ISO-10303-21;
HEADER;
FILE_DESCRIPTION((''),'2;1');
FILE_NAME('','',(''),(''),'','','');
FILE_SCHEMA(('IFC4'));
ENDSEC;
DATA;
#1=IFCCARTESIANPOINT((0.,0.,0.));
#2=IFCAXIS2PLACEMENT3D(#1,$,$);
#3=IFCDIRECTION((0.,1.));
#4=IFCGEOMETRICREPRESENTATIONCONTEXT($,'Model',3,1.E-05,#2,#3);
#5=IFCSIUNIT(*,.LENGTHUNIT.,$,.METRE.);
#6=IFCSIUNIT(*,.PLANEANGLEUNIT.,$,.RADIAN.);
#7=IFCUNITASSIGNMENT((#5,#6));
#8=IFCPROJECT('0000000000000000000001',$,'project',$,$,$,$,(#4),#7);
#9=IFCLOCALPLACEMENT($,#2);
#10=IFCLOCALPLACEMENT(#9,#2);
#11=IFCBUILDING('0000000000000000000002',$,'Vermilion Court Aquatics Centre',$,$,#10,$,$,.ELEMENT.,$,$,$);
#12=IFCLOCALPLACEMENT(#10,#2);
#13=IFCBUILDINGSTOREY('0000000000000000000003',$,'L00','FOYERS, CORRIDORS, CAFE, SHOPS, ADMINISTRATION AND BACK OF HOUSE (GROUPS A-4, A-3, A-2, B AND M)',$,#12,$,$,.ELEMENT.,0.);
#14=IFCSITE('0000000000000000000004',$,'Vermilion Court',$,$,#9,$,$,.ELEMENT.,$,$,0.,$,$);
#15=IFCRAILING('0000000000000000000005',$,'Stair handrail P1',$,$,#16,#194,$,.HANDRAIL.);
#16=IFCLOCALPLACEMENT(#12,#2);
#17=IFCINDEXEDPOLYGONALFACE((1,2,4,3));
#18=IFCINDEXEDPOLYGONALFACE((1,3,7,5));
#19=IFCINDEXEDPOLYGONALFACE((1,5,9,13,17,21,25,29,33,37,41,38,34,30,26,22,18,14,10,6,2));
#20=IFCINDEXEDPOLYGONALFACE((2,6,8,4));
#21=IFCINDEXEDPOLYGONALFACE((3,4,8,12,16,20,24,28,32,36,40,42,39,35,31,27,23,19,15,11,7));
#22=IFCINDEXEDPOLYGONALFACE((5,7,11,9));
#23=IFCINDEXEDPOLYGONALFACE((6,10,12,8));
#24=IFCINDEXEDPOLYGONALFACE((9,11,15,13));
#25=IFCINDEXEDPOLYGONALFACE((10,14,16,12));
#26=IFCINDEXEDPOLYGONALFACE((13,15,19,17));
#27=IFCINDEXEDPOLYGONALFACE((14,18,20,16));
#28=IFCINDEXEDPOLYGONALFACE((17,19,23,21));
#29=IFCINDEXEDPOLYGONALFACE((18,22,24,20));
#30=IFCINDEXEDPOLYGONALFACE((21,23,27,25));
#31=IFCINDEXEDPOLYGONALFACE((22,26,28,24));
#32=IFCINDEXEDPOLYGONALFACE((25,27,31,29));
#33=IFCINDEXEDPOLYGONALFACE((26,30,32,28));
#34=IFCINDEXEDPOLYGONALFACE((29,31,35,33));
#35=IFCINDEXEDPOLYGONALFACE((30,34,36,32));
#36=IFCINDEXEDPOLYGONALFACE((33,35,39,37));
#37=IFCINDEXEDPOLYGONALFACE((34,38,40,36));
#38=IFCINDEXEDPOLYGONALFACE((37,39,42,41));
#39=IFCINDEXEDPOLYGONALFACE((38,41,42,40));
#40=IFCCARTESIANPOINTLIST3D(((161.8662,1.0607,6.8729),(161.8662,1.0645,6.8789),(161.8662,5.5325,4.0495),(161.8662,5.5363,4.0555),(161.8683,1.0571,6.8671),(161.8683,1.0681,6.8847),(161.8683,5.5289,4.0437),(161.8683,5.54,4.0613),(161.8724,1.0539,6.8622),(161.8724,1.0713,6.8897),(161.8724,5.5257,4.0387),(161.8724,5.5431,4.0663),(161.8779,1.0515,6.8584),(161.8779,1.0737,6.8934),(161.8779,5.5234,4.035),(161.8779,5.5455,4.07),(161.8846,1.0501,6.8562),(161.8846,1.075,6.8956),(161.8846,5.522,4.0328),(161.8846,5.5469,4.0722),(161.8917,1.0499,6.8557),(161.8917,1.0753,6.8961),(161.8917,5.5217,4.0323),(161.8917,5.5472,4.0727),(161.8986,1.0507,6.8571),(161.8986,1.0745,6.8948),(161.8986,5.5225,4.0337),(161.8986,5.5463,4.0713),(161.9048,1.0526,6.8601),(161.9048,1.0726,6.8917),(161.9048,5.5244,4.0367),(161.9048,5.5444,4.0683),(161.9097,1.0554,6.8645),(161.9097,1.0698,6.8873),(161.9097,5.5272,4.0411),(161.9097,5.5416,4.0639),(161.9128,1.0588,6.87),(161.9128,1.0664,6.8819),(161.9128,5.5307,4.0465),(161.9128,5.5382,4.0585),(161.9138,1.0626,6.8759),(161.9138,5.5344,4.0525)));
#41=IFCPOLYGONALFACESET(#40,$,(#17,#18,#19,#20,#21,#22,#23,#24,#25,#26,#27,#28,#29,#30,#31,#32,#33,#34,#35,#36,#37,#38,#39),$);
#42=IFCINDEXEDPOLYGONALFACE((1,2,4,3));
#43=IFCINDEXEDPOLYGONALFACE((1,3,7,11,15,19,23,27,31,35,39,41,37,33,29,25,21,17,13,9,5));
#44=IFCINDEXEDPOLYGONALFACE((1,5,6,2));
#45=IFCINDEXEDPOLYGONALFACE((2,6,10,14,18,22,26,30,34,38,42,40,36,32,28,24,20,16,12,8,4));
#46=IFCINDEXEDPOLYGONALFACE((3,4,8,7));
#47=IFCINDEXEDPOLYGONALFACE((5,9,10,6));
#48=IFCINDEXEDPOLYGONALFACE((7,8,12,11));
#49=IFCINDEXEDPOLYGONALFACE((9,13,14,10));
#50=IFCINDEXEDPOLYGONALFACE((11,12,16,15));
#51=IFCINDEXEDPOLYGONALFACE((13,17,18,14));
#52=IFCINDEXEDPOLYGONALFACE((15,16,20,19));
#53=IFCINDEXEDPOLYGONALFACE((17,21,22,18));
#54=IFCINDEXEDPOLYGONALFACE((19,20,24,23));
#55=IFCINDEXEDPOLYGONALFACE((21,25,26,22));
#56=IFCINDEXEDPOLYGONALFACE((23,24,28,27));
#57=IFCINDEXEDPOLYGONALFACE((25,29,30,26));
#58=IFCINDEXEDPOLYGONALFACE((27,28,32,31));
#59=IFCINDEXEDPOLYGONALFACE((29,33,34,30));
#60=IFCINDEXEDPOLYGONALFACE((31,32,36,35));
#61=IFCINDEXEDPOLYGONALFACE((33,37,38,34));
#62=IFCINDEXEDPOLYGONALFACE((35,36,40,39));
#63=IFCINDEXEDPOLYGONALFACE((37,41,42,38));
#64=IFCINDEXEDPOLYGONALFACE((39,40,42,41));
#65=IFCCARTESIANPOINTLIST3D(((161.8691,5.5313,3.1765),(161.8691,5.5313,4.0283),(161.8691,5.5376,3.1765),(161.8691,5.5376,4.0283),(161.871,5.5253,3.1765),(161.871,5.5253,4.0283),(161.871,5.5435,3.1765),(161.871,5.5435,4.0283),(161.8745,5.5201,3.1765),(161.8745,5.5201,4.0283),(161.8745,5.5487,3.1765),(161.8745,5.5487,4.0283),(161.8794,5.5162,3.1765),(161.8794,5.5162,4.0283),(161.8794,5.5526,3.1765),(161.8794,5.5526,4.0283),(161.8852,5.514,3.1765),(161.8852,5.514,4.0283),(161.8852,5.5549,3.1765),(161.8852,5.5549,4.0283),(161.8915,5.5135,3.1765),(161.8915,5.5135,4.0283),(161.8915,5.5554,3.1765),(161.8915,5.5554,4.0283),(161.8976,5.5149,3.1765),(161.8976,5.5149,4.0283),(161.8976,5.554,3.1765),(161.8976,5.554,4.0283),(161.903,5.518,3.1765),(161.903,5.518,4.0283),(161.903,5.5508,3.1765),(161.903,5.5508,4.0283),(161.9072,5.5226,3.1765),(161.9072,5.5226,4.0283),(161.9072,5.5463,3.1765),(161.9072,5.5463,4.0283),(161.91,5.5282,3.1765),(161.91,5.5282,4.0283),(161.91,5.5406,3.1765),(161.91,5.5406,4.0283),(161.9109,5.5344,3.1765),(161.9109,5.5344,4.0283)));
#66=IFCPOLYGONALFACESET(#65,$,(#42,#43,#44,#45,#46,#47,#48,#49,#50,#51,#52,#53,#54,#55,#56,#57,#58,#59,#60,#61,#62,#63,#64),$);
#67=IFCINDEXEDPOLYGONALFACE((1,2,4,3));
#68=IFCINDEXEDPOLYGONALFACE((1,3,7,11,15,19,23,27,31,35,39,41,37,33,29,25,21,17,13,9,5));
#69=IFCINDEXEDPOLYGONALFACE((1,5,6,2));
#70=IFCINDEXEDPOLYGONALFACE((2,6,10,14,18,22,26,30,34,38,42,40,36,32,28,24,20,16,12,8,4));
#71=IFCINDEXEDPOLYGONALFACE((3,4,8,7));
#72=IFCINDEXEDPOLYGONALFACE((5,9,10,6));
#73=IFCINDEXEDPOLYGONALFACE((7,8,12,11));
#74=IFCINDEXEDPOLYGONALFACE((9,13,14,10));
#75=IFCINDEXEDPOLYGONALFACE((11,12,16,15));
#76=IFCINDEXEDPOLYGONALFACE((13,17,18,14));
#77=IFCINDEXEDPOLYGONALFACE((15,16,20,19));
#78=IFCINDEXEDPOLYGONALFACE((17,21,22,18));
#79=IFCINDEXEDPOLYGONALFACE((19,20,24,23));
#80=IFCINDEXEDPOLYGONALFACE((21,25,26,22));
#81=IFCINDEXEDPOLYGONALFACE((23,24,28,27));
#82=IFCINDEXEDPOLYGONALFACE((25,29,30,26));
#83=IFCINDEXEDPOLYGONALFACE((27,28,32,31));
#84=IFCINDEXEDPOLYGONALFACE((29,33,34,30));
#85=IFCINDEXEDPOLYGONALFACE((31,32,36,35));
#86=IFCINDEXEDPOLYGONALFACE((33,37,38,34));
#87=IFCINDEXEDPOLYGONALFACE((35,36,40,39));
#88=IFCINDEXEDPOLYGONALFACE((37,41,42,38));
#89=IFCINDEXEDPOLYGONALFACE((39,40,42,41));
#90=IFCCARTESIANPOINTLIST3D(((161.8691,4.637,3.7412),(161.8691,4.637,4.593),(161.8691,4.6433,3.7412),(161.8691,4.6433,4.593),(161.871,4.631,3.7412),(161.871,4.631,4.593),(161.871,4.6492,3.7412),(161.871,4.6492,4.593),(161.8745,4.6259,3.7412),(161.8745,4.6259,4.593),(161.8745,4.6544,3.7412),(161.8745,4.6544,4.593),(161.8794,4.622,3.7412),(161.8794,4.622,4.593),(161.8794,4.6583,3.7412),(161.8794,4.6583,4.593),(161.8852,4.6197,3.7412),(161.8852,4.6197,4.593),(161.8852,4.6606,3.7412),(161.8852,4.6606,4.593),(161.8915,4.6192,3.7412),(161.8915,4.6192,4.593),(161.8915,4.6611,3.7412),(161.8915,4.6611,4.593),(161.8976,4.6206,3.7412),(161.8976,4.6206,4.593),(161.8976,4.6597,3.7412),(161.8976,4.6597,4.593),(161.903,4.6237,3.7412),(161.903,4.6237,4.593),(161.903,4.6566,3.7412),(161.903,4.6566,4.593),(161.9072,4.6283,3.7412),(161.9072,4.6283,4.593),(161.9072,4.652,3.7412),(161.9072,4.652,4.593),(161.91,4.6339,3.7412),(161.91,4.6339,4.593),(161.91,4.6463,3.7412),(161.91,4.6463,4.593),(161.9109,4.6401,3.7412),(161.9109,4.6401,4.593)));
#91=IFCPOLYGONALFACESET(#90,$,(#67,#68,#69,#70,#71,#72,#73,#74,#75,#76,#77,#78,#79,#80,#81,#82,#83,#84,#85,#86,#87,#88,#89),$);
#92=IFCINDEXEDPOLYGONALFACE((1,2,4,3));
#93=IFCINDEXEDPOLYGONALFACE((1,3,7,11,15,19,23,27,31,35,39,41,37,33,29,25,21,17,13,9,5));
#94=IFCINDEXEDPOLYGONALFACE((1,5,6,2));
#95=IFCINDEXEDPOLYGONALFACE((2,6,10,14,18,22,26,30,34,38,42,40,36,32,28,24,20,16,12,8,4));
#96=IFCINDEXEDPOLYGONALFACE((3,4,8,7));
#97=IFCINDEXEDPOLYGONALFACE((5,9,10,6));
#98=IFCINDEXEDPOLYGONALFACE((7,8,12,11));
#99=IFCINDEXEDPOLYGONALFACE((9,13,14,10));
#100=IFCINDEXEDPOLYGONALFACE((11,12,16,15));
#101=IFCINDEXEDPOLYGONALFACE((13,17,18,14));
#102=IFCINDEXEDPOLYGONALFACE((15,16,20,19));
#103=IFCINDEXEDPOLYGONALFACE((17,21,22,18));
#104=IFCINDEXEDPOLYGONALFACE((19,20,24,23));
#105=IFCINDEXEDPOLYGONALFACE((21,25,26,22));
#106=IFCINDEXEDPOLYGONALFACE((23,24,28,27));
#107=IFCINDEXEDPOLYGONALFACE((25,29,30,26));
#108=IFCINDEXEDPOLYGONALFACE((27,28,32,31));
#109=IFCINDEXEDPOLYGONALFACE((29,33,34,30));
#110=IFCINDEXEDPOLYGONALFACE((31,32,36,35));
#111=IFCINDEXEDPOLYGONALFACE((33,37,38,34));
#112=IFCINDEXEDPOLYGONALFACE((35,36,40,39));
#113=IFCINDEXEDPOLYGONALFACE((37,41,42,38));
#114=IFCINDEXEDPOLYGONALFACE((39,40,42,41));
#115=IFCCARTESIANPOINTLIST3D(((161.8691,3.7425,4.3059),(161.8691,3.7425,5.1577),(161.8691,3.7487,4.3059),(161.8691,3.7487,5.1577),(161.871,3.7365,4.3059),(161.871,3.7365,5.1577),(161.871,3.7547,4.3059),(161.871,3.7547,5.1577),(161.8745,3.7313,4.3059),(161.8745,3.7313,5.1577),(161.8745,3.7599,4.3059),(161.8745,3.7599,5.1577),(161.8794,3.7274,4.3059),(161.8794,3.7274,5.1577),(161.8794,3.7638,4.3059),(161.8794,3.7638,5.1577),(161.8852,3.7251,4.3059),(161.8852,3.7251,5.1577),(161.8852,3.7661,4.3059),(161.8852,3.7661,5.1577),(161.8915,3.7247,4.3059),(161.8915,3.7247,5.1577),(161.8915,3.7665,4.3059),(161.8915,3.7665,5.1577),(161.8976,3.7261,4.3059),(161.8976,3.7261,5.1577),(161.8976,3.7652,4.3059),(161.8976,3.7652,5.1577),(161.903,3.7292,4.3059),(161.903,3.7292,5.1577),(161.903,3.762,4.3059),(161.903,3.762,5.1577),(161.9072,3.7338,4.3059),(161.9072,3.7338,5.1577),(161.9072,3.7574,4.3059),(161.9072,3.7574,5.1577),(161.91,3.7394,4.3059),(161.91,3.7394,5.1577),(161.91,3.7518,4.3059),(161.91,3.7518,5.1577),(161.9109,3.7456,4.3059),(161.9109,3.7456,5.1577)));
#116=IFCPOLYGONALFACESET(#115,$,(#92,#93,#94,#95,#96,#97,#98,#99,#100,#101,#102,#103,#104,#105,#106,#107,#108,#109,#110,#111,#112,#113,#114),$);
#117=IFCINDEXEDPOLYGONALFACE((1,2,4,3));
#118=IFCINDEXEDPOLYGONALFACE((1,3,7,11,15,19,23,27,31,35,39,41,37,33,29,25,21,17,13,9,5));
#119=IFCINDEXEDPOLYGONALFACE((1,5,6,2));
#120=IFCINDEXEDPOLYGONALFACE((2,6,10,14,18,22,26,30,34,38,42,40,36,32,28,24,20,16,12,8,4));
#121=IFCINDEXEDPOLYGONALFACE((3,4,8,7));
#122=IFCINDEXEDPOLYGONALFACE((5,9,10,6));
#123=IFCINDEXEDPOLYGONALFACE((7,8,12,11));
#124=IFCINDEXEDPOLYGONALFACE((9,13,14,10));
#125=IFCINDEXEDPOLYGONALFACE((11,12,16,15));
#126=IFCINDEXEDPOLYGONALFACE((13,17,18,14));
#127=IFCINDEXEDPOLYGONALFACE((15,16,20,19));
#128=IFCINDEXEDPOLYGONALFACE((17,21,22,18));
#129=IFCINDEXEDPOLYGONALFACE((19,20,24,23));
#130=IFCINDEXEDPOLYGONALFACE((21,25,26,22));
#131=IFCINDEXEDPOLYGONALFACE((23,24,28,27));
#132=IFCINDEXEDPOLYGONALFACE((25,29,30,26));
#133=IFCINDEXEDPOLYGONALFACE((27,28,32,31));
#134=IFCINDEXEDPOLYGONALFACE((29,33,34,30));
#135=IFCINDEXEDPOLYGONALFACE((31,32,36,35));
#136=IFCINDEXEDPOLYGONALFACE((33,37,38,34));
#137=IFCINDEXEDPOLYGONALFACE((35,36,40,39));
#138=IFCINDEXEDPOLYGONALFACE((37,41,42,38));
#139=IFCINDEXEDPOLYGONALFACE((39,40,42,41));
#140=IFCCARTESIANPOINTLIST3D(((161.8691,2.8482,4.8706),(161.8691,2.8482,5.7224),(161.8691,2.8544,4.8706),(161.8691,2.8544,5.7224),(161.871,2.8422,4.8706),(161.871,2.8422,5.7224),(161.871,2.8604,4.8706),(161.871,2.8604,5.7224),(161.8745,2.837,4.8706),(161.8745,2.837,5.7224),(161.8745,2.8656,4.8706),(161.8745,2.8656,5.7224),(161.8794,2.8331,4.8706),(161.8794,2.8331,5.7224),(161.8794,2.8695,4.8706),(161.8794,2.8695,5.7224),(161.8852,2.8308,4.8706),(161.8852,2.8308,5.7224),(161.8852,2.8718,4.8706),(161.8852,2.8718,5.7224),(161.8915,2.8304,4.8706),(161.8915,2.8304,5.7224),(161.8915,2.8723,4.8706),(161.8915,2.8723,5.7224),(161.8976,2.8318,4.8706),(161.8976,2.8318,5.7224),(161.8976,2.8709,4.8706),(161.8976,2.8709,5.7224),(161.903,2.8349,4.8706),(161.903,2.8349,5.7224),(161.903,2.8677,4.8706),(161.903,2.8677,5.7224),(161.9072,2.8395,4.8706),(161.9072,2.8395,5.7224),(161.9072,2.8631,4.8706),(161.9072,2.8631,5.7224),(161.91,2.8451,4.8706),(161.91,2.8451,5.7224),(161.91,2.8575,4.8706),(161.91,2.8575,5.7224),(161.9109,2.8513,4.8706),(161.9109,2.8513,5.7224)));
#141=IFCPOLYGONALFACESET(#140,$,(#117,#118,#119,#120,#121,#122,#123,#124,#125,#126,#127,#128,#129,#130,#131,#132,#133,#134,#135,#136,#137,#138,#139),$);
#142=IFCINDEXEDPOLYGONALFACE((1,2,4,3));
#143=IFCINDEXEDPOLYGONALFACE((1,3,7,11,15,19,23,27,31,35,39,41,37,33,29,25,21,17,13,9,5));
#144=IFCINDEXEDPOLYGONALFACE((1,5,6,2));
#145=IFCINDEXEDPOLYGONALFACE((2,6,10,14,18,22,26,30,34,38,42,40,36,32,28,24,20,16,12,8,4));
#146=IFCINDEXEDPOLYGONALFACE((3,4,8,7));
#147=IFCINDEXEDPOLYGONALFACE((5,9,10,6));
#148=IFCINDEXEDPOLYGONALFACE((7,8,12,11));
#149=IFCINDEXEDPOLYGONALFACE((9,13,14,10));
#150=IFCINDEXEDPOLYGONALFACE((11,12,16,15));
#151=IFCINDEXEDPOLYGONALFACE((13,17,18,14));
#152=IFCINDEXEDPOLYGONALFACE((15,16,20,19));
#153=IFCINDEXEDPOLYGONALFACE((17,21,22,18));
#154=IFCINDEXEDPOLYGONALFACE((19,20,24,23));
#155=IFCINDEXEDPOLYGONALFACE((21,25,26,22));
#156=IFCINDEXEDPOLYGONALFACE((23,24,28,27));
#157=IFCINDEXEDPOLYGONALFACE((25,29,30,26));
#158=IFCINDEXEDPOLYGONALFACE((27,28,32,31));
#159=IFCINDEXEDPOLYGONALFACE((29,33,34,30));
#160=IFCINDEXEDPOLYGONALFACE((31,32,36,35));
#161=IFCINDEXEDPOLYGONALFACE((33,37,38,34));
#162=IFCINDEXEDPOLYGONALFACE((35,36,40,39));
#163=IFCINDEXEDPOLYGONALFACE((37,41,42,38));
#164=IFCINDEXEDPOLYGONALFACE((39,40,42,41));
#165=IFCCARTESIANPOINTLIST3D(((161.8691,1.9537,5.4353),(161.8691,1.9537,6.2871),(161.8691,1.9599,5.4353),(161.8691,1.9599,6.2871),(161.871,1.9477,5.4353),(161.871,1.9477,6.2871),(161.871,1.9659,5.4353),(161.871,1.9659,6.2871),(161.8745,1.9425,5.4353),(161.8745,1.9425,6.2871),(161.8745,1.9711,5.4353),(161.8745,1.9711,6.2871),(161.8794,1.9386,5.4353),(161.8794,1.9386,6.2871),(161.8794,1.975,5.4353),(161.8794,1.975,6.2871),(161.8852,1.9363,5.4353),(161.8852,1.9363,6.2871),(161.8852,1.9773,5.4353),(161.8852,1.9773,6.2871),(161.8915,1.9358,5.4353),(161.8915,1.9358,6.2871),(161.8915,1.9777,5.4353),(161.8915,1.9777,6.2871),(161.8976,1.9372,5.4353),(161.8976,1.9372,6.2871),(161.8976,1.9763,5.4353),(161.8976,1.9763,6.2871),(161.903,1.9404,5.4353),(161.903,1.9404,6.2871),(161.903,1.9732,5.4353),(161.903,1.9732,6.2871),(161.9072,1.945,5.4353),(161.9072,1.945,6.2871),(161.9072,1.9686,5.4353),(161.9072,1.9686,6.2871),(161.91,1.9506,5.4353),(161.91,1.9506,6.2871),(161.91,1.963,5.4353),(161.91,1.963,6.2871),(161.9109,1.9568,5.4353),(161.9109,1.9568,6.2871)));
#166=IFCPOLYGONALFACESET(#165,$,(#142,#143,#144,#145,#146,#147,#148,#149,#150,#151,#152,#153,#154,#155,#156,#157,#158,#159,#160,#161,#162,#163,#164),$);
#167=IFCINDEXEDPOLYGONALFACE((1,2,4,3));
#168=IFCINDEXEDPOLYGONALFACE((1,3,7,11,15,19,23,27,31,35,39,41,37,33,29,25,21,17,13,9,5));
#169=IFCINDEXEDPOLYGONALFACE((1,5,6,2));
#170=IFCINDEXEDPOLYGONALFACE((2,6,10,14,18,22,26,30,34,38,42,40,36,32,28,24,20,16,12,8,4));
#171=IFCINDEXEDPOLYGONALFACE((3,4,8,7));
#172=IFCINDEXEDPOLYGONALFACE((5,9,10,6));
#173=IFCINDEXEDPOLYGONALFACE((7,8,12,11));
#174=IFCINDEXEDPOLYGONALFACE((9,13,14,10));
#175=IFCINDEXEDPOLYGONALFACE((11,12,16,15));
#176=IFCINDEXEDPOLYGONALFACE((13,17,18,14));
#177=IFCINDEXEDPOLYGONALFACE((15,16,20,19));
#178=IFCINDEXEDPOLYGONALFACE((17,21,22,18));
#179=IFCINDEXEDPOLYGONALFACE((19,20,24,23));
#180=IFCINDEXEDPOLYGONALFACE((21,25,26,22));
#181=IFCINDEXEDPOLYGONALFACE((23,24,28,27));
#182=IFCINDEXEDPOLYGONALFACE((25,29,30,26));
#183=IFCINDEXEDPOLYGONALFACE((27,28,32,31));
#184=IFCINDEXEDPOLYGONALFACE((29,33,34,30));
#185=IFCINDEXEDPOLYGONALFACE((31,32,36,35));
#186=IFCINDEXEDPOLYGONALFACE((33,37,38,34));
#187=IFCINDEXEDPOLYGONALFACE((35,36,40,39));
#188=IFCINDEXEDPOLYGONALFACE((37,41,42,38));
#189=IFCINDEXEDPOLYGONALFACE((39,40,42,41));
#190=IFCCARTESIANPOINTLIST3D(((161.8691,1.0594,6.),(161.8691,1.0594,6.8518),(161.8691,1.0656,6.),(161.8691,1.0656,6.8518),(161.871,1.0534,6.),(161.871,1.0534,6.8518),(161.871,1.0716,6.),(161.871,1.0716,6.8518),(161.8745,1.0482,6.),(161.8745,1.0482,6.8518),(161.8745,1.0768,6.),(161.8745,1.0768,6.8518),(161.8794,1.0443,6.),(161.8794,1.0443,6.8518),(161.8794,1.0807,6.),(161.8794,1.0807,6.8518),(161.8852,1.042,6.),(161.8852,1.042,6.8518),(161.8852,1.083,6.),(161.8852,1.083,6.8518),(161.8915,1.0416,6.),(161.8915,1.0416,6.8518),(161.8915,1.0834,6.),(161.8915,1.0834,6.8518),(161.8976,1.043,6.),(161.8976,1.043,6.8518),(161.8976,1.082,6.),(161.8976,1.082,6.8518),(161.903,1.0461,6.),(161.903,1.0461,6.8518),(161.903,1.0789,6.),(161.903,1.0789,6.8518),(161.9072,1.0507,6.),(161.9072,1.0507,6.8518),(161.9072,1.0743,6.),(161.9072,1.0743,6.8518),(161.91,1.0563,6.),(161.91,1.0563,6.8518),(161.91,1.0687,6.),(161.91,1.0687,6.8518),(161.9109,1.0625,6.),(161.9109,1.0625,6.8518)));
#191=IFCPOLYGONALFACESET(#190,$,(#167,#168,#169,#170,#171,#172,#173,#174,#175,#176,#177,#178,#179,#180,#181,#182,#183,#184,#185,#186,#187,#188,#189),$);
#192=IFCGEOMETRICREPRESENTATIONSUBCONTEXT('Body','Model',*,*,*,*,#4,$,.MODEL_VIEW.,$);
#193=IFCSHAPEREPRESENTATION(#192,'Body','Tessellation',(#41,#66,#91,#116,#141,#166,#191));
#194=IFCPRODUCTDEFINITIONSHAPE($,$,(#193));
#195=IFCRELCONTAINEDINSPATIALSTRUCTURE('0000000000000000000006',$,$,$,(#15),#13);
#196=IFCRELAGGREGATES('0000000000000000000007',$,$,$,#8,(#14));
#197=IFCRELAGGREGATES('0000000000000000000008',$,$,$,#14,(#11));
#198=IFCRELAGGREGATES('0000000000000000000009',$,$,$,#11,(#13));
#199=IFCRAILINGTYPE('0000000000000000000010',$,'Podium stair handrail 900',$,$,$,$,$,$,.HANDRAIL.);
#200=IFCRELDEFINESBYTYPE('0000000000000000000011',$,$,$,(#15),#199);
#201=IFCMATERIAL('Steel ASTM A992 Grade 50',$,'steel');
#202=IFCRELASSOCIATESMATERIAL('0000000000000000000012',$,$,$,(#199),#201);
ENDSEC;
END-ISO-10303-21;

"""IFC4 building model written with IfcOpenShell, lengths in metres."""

from ifc_helpers import new_model, si_unit, direction, frame, origin, origin_2d, place, context, subcontext, project, spatial, circle, extrude, material, type_object, element, save


model = new_model("IFC4")

# Units and contexts
model_context = context("Model", 3, precision=1e-05, world=origin(), true_north=direction((0.0, 1.0)))
body_context = subcontext(model_context, "Body", "Model", "MODEL_VIEW")
ifc_project = project(units=[si_unit("LENGTHUNIT", "METRE"), si_unit("PLANEANGLEUNIT", "RADIAN")], contexts=[model_context])

# Site, building, storey
site_placement = place(None, origin())
site = spatial("IfcSite", under=ifc_project, at=site_placement, Name="Vermilion Court", CompositionType="ELEMENT", RefElevation=0.0)
building_placement = place(site_placement, origin())
building = spatial("IfcBuilding", under=site, at=building_placement, Name="Vermilion Court Aquatics Centre", CompositionType="ELEMENT")
storey_placement = place(building_placement, origin())
storey = spatial("IfcBuildingStorey", under=building, at=storey_placement, Name="L00", Description="FOYERS, CORRIDORS, CAFE, SHOPS, ADMINISTRATION AND BACK OF HOUSE (GROUPS A-4, A-3, A-2, B AND M)", CompositionType="ELEMENT", Elevation=0.0)

# Railing
ifc_material_1 = material(Name="Steel ASTM A992 Grade 50", Category="steel")
railing_type_1 = type_object("IfcRailingType", Name="Podium stair handrail 900", PredefinedType="HANDRAIL", material=ifc_material_1)
railing_placement = place(storey_placement, frame((161.8899, 5.5344, 3.1765)))
element("IfcRailing", 1, at=railing_placement, inside=storey, type_object=railing_type_1, Name="Stair handrail P1", PredefinedType="HANDRAIL", context=body_context, shape_type="SweptSolid", body=[
    extrude(circle(Radius=0.0239, at=origin_2d()), frame((0.0, 0.0, 0.876), z_axis=(0.0, -0.845565, 0.533873), x_axis=(1.0, 0.0, 0.0)), (0.0, 0.0, 1.0), 5.2886),
    extrude(circle(Radius=0.021, at=origin_2d()), origin(), (0.0, 0.0, 1.0), 0.8518),
    extrude(circle(Radius=0.021, at=origin_2d()), frame((0.0, -0.8943, 0.5647)), (0.0, 0.0, 1.0), 0.8518),
    extrude(circle(Radius=0.021, at=origin_2d()), frame((0.0, -1.7888, 1.1294)), (0.0, 0.0, 1.0), 0.8518),
    extrude(circle(Radius=0.021, at=origin_2d()), frame((0.0, -2.6831, 1.6941)), (0.0, 0.0, 1.0), 0.8518),
    extrude(circle(Radius=0.021, at=origin_2d()), frame((0.0, -3.5776, 2.2588)), (0.0, 0.0, 1.0), 0.8518),
    extrude(circle(Radius=0.021, at=origin_2d()), frame((0.0, -4.4719, 2.8235)), (0.0, 0.0, 1.0), 0.8518),
])

save(model, "model.ifc")
